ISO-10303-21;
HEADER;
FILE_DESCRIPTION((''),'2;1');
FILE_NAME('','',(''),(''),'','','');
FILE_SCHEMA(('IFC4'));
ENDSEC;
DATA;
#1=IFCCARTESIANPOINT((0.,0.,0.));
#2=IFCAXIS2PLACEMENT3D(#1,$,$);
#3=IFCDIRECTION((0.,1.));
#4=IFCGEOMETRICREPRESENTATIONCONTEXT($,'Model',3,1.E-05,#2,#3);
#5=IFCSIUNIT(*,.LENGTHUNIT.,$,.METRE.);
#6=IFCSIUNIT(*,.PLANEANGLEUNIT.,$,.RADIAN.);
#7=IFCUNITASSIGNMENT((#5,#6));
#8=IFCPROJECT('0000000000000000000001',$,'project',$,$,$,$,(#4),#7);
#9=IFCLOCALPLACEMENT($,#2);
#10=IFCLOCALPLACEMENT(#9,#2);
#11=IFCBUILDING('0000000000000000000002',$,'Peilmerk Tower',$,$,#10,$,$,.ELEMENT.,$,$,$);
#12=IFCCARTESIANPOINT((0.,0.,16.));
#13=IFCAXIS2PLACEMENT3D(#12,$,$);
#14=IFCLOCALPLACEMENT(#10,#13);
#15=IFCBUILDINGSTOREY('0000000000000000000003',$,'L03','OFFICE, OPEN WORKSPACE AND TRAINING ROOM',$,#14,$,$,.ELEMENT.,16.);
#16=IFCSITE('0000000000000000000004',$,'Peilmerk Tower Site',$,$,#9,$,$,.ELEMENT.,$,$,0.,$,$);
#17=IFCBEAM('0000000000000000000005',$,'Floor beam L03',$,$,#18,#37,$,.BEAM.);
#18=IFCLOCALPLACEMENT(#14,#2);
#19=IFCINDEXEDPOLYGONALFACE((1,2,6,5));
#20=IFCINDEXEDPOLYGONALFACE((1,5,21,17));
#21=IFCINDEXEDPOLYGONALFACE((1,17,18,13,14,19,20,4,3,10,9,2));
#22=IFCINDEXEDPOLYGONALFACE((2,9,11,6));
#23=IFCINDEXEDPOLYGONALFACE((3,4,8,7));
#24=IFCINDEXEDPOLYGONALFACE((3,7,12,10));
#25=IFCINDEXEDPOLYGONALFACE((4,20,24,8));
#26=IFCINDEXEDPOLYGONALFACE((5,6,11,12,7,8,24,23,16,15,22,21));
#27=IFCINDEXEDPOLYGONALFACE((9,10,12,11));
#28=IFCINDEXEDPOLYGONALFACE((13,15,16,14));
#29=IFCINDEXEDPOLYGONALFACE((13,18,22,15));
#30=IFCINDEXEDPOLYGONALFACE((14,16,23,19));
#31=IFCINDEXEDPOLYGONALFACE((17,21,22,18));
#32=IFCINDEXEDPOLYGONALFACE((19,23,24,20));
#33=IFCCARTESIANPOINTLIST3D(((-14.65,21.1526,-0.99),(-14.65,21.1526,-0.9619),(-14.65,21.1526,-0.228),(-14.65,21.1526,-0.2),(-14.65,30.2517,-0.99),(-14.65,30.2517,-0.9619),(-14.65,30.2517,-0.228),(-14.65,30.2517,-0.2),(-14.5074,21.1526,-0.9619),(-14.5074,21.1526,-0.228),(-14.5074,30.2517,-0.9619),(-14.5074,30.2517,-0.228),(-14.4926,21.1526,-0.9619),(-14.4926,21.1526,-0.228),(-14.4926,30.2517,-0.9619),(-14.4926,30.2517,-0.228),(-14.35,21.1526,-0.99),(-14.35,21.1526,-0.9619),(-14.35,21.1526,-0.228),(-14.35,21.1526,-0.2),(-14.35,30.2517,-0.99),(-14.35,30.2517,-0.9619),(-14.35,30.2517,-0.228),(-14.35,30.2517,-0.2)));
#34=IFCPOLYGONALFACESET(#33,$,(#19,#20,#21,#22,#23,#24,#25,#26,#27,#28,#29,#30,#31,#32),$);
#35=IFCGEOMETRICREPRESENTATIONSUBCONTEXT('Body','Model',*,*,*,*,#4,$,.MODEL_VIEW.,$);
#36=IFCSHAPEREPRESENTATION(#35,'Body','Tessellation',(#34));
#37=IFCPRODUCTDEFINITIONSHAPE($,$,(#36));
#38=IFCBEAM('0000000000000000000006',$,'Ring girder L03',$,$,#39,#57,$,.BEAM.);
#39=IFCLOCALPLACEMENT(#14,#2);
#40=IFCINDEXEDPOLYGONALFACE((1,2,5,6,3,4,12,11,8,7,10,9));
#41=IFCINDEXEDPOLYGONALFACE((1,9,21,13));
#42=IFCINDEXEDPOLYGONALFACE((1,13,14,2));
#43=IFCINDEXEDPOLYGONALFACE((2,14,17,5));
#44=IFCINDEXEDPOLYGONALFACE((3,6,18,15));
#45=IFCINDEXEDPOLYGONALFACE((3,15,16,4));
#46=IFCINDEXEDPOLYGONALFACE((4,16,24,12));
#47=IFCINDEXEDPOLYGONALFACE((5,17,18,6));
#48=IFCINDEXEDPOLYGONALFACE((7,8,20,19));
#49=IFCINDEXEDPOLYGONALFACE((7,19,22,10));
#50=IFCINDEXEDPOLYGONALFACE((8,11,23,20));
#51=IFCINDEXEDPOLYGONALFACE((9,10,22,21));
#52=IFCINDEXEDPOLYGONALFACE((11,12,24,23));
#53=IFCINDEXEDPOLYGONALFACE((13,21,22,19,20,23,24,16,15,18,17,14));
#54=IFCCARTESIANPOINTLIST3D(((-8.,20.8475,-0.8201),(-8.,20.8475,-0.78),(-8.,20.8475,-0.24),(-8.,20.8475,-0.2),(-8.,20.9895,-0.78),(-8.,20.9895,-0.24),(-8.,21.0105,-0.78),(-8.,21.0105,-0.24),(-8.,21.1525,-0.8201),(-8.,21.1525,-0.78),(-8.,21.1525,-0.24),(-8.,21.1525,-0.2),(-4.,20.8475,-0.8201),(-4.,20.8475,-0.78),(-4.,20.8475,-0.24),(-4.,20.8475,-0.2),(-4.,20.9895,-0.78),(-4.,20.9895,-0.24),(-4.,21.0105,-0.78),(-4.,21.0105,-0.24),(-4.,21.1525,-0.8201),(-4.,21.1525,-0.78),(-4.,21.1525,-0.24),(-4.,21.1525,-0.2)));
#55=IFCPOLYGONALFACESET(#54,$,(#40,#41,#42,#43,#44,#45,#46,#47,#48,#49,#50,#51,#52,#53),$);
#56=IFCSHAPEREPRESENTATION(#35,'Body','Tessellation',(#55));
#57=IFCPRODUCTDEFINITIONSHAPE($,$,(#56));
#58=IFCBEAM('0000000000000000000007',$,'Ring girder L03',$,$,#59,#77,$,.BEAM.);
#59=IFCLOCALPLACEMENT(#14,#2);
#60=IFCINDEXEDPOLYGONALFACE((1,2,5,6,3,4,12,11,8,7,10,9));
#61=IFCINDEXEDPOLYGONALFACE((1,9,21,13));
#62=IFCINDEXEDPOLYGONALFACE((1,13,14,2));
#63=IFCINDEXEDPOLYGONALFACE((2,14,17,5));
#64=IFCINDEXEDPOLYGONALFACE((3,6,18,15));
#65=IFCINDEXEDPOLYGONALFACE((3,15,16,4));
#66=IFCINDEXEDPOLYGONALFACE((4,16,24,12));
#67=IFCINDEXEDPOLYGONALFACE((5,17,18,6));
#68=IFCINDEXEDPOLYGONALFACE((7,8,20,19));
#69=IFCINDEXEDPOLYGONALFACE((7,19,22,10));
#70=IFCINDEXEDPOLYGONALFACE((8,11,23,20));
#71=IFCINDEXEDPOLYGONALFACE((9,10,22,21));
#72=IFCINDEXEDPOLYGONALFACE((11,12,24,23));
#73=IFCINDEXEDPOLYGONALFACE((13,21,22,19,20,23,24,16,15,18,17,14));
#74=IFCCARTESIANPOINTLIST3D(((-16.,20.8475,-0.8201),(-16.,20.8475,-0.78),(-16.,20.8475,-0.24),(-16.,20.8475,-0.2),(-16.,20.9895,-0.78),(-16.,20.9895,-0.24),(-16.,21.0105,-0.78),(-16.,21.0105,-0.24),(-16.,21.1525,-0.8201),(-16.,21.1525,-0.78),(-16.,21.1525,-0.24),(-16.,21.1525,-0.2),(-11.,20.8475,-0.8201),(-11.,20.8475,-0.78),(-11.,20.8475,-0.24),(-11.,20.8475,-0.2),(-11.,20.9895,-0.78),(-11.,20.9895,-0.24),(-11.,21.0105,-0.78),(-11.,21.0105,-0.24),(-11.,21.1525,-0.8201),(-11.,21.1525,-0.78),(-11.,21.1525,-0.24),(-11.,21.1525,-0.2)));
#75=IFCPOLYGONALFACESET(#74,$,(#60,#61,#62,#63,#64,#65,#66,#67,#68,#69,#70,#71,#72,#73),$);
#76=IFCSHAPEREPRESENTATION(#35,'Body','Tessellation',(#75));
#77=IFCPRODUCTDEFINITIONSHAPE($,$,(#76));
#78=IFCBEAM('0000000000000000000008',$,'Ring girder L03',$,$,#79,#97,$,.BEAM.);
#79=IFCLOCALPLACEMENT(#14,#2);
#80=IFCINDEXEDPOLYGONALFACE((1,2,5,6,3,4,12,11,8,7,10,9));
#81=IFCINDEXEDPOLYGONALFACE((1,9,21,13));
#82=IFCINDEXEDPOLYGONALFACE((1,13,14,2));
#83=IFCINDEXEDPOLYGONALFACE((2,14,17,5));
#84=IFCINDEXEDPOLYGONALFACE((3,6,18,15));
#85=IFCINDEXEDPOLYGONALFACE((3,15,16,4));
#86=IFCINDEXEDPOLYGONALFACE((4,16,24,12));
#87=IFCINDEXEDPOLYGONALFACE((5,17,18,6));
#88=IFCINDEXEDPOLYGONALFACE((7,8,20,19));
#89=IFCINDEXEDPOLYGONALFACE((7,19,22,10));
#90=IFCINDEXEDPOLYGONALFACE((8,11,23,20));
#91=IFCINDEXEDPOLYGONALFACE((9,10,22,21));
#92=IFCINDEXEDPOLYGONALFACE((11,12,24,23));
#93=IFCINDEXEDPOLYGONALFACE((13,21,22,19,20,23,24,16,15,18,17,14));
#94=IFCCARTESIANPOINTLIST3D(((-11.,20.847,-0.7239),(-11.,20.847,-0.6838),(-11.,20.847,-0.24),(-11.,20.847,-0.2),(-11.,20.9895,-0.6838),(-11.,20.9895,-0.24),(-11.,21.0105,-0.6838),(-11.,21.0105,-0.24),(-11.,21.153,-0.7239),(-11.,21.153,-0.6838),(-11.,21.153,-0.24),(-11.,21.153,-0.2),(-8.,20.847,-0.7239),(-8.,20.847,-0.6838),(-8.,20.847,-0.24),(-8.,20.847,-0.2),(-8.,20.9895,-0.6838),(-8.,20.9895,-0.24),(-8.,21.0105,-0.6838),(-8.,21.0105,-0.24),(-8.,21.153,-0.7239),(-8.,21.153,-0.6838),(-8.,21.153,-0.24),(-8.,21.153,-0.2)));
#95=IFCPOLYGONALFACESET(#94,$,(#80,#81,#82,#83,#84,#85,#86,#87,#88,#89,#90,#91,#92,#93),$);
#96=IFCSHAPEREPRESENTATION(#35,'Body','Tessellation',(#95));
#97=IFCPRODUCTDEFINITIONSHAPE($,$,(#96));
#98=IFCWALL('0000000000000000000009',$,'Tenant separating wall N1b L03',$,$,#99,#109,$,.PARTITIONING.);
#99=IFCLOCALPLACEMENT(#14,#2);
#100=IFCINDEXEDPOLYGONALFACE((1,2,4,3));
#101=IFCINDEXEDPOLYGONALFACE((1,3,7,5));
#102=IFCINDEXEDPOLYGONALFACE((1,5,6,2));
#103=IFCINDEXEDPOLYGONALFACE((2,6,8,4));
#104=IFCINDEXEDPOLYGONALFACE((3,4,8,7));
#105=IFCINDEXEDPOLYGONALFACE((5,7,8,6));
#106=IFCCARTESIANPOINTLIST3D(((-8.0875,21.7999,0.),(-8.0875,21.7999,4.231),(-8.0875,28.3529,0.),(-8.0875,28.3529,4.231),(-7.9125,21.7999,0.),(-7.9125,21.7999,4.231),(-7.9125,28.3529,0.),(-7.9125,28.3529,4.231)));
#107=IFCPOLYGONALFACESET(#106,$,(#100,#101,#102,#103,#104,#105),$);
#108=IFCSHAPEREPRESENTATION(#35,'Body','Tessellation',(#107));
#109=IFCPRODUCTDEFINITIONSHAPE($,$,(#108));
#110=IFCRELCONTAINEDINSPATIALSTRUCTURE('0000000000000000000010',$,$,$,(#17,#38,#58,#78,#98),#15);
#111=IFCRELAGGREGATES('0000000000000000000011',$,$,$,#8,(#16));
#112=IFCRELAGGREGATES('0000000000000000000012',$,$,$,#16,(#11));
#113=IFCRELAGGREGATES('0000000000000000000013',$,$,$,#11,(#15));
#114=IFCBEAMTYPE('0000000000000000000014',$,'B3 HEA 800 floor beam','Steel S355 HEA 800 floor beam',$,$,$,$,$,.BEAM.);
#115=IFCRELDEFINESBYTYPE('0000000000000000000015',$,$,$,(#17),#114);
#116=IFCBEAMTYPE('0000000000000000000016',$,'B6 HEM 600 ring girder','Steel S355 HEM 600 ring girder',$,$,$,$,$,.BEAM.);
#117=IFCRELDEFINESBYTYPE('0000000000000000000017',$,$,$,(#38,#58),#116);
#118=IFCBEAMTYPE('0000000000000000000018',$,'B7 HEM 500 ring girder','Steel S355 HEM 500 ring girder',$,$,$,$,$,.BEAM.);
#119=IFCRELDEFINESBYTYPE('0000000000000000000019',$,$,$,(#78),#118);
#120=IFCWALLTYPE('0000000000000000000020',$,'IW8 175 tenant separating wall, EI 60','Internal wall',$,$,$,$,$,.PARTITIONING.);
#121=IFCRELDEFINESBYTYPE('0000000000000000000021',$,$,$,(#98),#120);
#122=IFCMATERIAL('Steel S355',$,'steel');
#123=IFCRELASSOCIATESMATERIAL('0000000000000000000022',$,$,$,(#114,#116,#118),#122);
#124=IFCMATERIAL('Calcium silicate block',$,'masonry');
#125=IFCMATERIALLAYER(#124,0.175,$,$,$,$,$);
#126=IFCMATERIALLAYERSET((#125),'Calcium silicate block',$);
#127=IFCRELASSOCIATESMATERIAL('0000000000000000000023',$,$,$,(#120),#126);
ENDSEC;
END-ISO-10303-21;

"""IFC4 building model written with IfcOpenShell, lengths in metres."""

from ifc_helpers import new_model, si_unit, direction, frame, frame_2d, origin, origin_2d, place, context, subcontext, project, spatial, rectangle, i_section, extrude, material, layer, layer_set, material_profile, profile_set, type_object, element, save


model = new_model("IFC4")

# Units and contexts
model_context = context("Model", 3, precision=1e-05, world=origin(), true_north=direction((0.0, 1.0)))
body_context = subcontext(model_context, "Body", "Model", "MODEL_VIEW")
ifc_project = project(units=[si_unit("LENGTHUNIT", "METRE"), si_unit("PLANEANGLEUNIT", "RADIAN")], contexts=[model_context])

# Site, building, storey
site_placement = place(None, origin())
site = spatial("IfcSite", under=ifc_project, at=site_placement, Name="Peilmerk Tower Site", CompositionType="ELEMENT", RefElevation=0.0)
building_placement = place(site_placement, origin())
building = spatial("IfcBuilding", under=site, at=building_placement, Name="Peilmerk Tower", CompositionType="ELEMENT")
storey_placement = place(building_placement, frame((0.0, 0.0, 16.0)))
storey = spatial("IfcBuildingStorey", under=building, at=storey_placement, Name="L03", Description="OFFICE, OPEN WORKSPACE AND TRAINING ROOM", CompositionType="ELEMENT", Elevation=16.0)

# Beams
ifc_material_1 = material(Name="Steel S355", Category="steel")
ifc_material_profile_1 = material_profile(ifc_material_1, i_section(OverallWidth=0.3, OverallDepth=0.79, WebThickness=0.0149, FlangeThickness=0.0281, at=origin_2d()), Name="HEA 800")
ifc_profile_set_1 = profile_set([ifc_material_profile_1], Name="Steel S355")
beam_type_1 = type_object("IfcBeamType", Name="B3 HEA 800 floor beam", Description="Steel S355 HEA 800 floor beam", PredefinedType="BEAM", material=ifc_profile_set_1)
beam_1_placement = place(storey_placement, frame((-14.5, 21.1526, -0.595), z_axis=(0.0, 1.0, 0.0), x_axis=(-1.0, 0.0, 0.0)))
element("IfcBeam", 1, at=beam_1_placement, inside=storey, type_object=beam_type_1, Name="Floor beam L03", PredefinedType="BEAM", context=body_context, shape_type="SweptSolid", body=[
    extrude(i_section(OverallWidth=0.3, OverallDepth=0.79, WebThickness=0.0149, FlangeThickness=0.0281, at=origin_2d()), origin(), (0.0, 0.0, 1.0), 9.0991),
])
ifc_material_profile_2 = material_profile(ifc_material_1, i_section(OverallWidth=0.3049, OverallDepth=0.6201, WebThickness=0.021, FlangeThickness=0.04, at=origin_2d()), Name="HEM 600")
ifc_profile_set_2 = profile_set([ifc_material_profile_2], Name="Steel S355")
beam_type_2 = type_object("IfcBeamType", Name="B6 HEM 600 ring girder", Description="Steel S355 HEM 600 ring girder", PredefinedType="BEAM", material=ifc_profile_set_2)
beam_2_placement = place(storey_placement, frame((-4.0, 21.0, -0.51), z_axis=(-1.0, 0.0, 0.0), x_axis=(0.0, -1.0, 0.0)))
element("IfcBeam", 2, at=beam_2_placement, inside=storey, type_object=beam_type_2, Name="Ring girder L03", PredefinedType="BEAM", context=body_context, shape_type="SweptSolid", body=[
    extrude(i_section(OverallWidth=0.3049, OverallDepth=0.6201, WebThickness=0.021, FlangeThickness=0.04, at=origin_2d()), origin(), (0.0, 0.0, 1.0), 4.0),
])
beam_3_placement = place(storey_placement, frame((-11.0, 21.0, -0.51), z_axis=(-1.0, 0.0, 0.0), x_axis=(0.0, -1.0, 0.0)))
element("IfcBeam", 3, at=beam_3_placement, inside=storey, type_object=beam_type_2, Name="Ring girder L03", PredefinedType="BEAM", context=body_context, shape_type="SweptSolid", body=[
    extrude(i_section(OverallWidth=0.3049, OverallDepth=0.6201, WebThickness=0.021, FlangeThickness=0.04, at=origin_2d()), origin(), (0.0, 0.0, 1.0), 5.0),
])
ifc_material_profile_3 = material_profile(ifc_material_1, i_section(OverallWidth=0.3059, OverallDepth=0.5239, WebThickness=0.021, FlangeThickness=0.04, at=origin_2d()), Name="HEM 500")
ifc_profile_set_3 = profile_set([ifc_material_profile_3], Name="Steel S355")
beam_type_3 = type_object("IfcBeamType", Name="B7 HEM 500 ring girder", Description="Steel S355 HEM 500 ring girder", PredefinedType="BEAM", material=ifc_profile_set_3)
beam_4_placement = place(storey_placement, frame((-8.0, 21.0, -0.4619), z_axis=(-1.0, 0.0, 0.0), x_axis=(0.0, -1.0, 0.0)))
element("IfcBeam", 4, at=beam_4_placement, inside=storey, type_object=beam_type_3, Name="Ring girder L03", PredefinedType="BEAM", context=body_context, shape_type="SweptSolid", body=[
    extrude(i_section(OverallWidth=0.3059, OverallDepth=0.5239, WebThickness=0.021, FlangeThickness=0.04, at=origin_2d()), origin(), (0.0, 0.0, 1.0), 3.0),
])

# Wall
ifc_material_2 = material(Name="Calcium silicate block", Category="masonry")
ifc_layer = layer(ifc_material_2, 0.175)
ifc_layer_set = layer_set([ifc_layer], Name="Calcium silicate block")
wall_type = type_object("IfcWallType", Name="IW8 175 tenant separating wall, EI 60", Description="Internal wall", PredefinedType="PARTITIONING", material=ifc_layer_set)
wall_placement = place(storey_placement, frame((-8.0, 21.8, 0.0), z_axis=(0.0, 0.0, 1.0), x_axis=(0.0, 1.0, 0.0)))
element("IfcWall", 5, at=wall_placement, inside=storey, type_object=wall_type, Name="Tenant separating wall N1b L03", PredefinedType="PARTITIONING", context=body_context, shape_type="SweptSolid", body=[
    extrude(rectangle(XDim=6.553, YDim=0.175, at=frame_2d((3.2764, 0.0))), origin(), (0.0, 0.0, 1.0), 4.231),
])

save(model, "model.ifc")
